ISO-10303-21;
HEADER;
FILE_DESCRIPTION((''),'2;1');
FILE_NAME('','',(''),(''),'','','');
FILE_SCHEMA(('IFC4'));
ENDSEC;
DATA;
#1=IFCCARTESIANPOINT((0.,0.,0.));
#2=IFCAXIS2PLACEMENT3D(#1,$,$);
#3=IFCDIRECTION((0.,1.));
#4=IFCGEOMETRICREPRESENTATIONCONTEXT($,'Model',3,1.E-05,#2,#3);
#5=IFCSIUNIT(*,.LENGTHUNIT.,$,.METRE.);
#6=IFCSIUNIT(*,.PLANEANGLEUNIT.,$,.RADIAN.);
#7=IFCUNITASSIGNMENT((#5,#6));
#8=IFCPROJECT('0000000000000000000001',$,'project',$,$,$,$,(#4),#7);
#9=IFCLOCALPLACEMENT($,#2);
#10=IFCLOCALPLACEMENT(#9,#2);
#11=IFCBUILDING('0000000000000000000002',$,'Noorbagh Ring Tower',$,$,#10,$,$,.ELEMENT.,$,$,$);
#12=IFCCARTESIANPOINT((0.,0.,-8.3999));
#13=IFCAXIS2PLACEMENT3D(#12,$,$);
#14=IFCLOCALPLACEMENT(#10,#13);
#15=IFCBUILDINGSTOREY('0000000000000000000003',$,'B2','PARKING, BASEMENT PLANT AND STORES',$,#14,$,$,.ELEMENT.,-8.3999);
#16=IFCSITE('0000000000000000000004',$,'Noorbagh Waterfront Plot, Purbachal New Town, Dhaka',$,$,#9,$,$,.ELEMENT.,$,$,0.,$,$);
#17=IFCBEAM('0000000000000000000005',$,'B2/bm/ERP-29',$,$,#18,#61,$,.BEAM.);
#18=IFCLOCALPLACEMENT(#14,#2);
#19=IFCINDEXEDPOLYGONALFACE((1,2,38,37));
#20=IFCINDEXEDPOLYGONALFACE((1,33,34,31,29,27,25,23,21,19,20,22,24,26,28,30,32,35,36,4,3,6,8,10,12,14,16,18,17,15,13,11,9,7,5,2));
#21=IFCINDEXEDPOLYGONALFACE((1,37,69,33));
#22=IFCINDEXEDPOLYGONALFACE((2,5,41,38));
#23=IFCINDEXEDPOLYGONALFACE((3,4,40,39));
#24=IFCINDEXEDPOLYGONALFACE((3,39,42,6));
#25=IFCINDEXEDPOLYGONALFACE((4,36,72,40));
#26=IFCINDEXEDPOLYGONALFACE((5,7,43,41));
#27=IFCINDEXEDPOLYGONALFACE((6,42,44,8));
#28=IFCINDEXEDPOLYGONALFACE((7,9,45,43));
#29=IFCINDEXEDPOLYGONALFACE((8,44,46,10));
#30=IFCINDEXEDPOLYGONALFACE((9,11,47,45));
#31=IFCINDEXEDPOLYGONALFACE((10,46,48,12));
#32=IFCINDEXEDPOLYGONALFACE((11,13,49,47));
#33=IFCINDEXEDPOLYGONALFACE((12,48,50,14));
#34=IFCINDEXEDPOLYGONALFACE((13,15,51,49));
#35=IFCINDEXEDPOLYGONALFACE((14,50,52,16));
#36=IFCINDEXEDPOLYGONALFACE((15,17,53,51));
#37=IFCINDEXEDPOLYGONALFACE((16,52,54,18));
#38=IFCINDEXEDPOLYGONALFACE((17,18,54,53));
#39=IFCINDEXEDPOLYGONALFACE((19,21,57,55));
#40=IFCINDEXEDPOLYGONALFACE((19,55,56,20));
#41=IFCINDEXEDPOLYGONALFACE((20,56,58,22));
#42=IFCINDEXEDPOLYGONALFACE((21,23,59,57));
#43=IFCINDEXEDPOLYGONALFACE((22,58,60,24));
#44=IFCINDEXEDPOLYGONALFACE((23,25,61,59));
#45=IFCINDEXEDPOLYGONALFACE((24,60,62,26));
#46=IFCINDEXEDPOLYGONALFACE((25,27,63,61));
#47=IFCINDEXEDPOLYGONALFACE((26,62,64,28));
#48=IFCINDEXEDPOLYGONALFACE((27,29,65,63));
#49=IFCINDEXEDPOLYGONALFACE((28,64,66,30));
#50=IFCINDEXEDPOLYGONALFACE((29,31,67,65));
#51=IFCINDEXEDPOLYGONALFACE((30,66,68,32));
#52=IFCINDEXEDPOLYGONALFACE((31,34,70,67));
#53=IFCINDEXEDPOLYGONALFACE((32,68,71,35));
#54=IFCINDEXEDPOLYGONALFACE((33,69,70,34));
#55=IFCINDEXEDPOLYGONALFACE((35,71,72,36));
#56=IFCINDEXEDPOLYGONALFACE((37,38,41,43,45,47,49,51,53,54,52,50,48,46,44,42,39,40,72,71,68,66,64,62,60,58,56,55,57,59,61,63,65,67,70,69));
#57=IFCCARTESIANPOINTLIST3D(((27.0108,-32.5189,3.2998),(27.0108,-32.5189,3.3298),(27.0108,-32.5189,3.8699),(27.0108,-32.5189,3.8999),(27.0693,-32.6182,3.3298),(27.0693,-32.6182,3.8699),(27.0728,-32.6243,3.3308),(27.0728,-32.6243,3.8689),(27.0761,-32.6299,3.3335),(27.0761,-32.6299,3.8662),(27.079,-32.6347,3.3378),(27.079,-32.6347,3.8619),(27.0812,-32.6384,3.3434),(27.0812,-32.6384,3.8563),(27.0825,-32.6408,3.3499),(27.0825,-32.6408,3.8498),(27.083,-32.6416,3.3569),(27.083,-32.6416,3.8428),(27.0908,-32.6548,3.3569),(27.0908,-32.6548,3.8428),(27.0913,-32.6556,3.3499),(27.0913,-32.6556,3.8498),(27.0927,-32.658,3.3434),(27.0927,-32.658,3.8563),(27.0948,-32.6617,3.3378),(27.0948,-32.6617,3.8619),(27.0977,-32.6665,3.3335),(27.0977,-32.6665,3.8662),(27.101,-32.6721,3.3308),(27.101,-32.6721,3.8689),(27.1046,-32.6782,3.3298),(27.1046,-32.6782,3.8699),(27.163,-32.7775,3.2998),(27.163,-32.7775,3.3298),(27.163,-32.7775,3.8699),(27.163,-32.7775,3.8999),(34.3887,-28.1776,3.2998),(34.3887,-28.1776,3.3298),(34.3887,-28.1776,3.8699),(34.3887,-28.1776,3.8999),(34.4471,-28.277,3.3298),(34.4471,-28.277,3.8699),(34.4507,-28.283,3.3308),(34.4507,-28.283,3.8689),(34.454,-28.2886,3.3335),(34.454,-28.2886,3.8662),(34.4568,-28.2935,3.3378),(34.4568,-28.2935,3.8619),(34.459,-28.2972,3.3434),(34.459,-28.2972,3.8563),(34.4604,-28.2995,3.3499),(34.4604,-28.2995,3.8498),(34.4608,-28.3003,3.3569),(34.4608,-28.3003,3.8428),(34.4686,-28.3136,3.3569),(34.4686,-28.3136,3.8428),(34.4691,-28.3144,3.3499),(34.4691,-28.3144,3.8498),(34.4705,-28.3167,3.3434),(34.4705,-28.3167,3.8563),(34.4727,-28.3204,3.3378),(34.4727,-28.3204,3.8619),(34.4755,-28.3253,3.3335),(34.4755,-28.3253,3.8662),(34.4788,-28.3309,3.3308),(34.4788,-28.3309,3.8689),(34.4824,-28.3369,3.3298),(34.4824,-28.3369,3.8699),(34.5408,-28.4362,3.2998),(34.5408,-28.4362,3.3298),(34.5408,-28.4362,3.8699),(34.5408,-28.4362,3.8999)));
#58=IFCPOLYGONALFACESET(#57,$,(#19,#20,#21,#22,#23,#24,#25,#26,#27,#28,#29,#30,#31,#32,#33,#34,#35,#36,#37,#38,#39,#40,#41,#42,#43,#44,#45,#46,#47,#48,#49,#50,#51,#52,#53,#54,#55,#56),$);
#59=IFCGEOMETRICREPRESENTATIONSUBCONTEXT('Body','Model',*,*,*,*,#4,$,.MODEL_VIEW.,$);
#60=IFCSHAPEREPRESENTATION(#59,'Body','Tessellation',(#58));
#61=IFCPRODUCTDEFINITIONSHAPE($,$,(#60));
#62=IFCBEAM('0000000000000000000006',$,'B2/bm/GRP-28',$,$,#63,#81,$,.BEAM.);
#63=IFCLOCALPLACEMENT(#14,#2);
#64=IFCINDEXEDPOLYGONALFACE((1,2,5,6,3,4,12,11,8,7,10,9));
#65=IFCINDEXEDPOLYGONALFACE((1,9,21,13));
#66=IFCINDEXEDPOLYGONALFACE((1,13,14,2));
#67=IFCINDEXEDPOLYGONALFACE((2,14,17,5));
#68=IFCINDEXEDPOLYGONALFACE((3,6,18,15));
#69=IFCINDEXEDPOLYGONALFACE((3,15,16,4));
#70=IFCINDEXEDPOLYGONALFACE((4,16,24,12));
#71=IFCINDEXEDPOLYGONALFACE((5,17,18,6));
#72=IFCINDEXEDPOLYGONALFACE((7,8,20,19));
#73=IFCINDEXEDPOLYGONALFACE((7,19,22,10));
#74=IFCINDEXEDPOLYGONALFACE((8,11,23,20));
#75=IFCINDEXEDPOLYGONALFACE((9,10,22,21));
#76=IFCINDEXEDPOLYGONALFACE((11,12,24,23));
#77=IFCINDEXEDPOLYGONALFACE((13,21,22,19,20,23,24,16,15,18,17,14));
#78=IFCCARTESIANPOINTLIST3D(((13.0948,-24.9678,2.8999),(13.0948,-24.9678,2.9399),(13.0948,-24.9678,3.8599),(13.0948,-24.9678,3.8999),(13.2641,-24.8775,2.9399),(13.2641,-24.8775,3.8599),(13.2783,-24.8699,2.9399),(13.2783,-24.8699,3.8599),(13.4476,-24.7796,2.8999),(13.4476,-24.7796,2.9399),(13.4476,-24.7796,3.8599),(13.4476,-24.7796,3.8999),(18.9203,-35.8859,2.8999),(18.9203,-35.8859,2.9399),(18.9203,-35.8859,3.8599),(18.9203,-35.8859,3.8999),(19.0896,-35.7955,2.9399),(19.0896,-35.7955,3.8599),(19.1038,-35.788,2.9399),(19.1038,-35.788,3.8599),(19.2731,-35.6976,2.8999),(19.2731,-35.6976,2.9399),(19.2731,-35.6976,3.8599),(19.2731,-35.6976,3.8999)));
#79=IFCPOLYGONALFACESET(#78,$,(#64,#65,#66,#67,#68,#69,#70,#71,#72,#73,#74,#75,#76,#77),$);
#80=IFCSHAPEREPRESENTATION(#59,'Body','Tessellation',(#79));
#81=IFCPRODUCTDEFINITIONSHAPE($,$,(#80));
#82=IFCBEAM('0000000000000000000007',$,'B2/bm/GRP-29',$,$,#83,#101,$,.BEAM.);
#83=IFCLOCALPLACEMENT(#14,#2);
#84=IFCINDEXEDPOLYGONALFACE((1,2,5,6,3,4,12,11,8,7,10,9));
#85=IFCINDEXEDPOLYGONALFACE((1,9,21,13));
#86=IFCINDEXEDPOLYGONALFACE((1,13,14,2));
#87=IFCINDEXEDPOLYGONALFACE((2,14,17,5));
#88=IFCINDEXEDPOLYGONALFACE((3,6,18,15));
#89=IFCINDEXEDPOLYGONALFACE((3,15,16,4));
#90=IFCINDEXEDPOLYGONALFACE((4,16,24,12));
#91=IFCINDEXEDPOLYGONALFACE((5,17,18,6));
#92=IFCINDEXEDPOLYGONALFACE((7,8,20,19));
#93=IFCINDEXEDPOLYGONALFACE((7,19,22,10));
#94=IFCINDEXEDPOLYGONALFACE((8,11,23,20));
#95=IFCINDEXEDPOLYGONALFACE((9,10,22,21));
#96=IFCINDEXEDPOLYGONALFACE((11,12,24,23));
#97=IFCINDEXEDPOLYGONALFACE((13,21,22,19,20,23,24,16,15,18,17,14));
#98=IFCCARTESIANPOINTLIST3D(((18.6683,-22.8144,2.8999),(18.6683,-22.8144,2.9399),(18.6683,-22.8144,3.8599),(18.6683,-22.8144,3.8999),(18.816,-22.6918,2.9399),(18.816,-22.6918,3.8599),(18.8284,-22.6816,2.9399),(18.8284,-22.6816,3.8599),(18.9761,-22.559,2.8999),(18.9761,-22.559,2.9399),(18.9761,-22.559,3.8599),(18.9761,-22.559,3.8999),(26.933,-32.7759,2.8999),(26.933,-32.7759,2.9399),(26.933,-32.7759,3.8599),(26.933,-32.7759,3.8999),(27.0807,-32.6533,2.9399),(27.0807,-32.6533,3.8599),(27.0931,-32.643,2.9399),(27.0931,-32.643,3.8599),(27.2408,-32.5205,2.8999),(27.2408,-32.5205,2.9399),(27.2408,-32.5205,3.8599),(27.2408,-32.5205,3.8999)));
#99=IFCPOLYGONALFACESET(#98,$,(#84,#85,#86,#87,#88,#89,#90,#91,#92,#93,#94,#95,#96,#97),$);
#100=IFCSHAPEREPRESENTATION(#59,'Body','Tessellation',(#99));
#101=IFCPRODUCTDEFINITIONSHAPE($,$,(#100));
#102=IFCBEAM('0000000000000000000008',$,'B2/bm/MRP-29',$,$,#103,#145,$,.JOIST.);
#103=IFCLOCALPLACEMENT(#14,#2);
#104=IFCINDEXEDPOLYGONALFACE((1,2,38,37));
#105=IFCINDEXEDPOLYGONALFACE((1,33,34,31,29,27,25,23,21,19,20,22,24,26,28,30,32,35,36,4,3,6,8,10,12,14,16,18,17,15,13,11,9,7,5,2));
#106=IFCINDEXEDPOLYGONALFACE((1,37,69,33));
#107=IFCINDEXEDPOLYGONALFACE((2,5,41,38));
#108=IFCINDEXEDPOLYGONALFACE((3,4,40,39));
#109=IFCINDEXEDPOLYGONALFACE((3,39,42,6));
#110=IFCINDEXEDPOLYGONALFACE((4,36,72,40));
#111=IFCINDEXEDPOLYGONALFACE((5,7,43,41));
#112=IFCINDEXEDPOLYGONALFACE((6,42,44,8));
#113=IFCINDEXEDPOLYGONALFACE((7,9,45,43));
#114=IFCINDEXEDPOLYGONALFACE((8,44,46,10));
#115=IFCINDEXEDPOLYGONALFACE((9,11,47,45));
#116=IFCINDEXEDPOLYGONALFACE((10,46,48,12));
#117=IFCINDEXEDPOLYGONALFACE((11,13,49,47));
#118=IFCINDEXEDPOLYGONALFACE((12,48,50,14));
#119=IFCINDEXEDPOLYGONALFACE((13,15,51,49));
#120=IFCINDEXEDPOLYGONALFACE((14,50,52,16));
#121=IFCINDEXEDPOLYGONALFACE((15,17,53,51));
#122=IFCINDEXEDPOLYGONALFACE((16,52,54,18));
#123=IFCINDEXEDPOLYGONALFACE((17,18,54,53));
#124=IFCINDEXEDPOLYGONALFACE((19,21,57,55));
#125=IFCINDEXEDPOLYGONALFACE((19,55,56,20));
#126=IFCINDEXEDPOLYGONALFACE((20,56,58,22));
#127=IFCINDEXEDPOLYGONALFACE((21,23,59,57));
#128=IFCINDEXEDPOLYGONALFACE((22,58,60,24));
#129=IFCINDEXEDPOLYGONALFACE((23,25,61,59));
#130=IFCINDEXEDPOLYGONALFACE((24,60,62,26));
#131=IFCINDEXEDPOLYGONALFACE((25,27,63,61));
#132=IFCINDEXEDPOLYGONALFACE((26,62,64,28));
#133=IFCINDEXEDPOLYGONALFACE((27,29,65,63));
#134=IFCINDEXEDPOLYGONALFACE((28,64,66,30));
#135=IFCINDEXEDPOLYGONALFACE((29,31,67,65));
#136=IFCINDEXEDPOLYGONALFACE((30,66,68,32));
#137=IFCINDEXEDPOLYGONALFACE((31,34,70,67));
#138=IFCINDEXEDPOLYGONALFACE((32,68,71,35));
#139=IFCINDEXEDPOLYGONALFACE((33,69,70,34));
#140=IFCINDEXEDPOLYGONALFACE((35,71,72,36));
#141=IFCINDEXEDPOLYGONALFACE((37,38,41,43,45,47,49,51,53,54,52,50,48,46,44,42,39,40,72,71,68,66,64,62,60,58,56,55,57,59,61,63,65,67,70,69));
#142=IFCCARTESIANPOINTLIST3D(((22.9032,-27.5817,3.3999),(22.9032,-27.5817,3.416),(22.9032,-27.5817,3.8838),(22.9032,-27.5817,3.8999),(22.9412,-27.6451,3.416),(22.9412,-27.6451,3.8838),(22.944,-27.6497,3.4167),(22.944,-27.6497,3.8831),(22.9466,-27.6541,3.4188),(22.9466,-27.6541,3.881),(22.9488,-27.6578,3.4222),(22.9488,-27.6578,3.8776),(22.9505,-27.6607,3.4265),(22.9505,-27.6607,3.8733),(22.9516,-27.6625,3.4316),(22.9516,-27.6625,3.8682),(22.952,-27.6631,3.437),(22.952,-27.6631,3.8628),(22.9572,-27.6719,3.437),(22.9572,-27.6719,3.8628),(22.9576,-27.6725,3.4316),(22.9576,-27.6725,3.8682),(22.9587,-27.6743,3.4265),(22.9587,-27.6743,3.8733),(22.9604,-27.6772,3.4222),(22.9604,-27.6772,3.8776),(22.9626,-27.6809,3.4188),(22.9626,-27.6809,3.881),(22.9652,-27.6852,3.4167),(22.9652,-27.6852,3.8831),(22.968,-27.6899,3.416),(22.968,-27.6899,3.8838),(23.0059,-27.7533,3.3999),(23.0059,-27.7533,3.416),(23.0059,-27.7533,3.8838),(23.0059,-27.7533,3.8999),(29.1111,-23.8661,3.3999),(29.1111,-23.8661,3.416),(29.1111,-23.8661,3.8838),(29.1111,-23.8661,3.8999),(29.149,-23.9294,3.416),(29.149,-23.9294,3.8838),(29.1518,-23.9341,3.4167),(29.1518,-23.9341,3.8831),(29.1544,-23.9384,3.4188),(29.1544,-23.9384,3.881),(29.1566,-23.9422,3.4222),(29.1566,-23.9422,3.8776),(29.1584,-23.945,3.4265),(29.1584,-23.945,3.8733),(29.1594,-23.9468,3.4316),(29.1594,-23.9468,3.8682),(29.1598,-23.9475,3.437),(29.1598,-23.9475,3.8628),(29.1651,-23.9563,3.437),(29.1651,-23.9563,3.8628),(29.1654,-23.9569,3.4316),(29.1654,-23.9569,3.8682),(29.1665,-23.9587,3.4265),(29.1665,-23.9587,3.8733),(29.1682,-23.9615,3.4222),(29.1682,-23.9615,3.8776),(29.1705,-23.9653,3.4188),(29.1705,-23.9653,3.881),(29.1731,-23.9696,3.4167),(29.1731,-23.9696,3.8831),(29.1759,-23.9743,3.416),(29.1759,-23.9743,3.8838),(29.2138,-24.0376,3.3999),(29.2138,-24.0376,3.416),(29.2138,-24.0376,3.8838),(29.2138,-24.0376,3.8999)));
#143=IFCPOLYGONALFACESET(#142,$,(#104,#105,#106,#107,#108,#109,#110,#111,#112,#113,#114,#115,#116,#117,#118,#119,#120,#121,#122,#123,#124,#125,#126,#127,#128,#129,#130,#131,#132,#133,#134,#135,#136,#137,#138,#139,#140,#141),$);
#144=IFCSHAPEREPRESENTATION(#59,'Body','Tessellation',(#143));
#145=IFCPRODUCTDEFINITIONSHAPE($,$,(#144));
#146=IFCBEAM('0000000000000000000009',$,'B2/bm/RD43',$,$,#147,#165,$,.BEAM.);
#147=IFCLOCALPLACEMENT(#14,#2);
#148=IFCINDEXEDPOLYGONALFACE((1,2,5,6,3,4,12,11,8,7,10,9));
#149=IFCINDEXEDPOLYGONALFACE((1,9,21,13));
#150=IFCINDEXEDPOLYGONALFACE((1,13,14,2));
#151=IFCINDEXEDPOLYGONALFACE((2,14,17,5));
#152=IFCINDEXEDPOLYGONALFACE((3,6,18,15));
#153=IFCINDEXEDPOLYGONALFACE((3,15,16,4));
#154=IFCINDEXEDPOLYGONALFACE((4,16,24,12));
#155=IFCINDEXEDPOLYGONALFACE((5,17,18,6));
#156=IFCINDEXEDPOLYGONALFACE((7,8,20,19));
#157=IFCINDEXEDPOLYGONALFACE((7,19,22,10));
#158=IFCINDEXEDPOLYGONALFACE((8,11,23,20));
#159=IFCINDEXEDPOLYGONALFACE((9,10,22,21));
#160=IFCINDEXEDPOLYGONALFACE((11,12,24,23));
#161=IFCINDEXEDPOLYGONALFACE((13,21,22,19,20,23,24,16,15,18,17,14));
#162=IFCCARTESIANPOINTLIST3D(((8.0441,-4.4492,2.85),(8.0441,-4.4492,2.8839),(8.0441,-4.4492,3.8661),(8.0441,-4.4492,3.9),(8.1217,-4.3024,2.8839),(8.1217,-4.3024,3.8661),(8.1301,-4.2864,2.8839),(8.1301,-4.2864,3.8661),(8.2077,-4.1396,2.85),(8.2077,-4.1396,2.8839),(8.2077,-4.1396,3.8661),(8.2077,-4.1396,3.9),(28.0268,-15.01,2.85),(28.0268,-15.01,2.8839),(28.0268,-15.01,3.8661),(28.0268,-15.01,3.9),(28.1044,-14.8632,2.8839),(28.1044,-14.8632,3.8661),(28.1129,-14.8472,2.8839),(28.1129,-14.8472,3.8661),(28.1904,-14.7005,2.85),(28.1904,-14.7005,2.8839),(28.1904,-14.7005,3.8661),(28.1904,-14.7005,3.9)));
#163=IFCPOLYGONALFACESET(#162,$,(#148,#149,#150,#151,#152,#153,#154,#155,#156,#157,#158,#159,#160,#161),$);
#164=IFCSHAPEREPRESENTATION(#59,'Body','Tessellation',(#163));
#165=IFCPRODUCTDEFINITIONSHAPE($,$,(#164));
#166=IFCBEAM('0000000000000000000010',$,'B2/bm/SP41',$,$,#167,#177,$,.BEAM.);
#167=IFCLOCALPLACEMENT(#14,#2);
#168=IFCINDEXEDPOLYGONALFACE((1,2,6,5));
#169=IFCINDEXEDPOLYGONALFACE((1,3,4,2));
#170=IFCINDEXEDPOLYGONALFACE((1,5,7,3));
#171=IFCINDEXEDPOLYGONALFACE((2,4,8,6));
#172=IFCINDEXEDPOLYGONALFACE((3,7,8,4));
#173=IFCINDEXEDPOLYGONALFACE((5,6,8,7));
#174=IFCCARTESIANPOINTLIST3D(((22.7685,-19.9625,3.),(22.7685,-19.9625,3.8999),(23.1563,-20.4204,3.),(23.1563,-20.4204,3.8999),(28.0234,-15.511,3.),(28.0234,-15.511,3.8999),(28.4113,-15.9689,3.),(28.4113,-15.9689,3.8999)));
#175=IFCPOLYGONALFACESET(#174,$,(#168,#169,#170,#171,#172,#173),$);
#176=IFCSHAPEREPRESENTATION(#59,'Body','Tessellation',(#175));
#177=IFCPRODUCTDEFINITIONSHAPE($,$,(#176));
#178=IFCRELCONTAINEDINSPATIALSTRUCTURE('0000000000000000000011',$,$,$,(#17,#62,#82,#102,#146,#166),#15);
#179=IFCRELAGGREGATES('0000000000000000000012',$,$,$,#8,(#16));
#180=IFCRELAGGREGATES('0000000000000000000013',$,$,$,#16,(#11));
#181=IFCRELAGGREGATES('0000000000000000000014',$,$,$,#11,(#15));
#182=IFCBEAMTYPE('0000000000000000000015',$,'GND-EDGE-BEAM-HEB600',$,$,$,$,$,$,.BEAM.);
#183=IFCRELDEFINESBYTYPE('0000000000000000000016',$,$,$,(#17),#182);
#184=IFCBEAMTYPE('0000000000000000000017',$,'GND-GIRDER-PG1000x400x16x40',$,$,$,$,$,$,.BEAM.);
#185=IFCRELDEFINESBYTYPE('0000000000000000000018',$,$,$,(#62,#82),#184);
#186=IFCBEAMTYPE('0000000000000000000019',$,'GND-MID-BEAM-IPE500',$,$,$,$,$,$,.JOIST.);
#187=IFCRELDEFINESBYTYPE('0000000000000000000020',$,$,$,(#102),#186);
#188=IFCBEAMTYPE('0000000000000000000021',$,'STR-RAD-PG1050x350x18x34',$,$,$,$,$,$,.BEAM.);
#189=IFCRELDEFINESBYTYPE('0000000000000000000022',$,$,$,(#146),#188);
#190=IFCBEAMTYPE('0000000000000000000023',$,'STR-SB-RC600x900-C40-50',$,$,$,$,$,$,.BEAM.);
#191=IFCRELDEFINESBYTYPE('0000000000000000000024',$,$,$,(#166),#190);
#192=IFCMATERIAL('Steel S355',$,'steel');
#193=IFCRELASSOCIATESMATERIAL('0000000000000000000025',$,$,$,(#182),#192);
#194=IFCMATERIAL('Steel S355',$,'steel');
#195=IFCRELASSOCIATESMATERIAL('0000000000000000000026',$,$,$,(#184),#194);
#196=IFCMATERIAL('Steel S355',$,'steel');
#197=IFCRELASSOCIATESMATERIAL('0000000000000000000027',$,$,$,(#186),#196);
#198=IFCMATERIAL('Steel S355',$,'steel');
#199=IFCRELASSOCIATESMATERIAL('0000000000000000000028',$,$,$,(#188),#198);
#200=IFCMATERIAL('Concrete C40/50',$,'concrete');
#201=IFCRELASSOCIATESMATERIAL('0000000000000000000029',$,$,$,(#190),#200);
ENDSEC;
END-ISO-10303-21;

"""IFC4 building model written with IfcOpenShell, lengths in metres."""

from ifc_helpers import new_model, si_unit, direction, frame, origin, origin_2d, place, context, subcontext, project, spatial, rectangle, i_section, extrude, material, material_profile, profile_set, type_object, element, save


model = new_model("IFC4")

# Units and contexts
model_context = context("Model", 3, precision=1e-05, world=origin(), true_north=direction((0.0, 1.0)))
body_context = subcontext(model_context, "Body", "Model", "MODEL_VIEW")
ifc_project = project(units=[si_unit("LENGTHUNIT", "METRE"), si_unit("PLANEANGLEUNIT", "RADIAN")], contexts=[model_context])

# Site, building, storey
site_placement = place(None, origin())
site = spatial("IfcSite", under=ifc_project, at=site_placement, Name="Noorbagh Waterfront Plot, Purbachal New Town, Dhaka", CompositionType="ELEMENT", RefElevation=0.0)
building_placement = place(site_placement, origin())
building = spatial("IfcBuilding", under=site, at=building_placement, Name="Noorbagh Ring Tower", CompositionType="ELEMENT")
storey_placement = place(building_placement, frame((0.0, 0.0, -8.3999)))
storey = spatial("IfcBuildingStorey", under=building, at=storey_placement, Name="B2", Description="PARKING, BASEMENT PLANT AND STORES", CompositionType="ELEMENT", Elevation=-8.3999)

# Beams
ifc_material_1 = material(Name="Steel S355", Category="steel")
ifc_material_profile_1 = material_profile(ifc_material_1, i_section(OverallWidth=0.3, OverallDepth=0.6001, WebThickness=0.0154, FlangeThickness=0.03, FilletRadius=0.0271, at=origin_2d()), Name="HEB600")
ifc_profile_set_1 = profile_set([ifc_material_profile_1], Name="Steel S355")
beam_type_1 = type_object("IfcBeamType", Name="GND-EDGE-BEAM-HEB600", PredefinedType="BEAM", material=ifc_profile_set_1)
beam_1_placement = place(storey_placement, frame((27.0869, -32.6482, 3.5999), z_axis=(0.861865, 0.507137, 0.0), x_axis=(-0.507137, 0.861865, 0.0)))
element("IfcBeam", 1, at=beam_1_placement, inside=storey, type_object=beam_type_1, Name="B2/bm/ERP-29", PredefinedType="BEAM", context=body_context, shape_type="SweptSolid", body=[
    extrude(i_section(OverallWidth=0.3, OverallDepth=0.6001, WebThickness=0.0154, FlangeThickness=0.03, FilletRadius=0.0271, at=origin_2d()), origin(), (0.0, 0.0, 1.0), 8.5603),
])
ifc_material_2 = material(Name="Steel S355", Category="steel")
ifc_material_profile_2 = material_profile(ifc_material_2, i_section(OverallWidth=0.3999, OverallDepth=1.0, WebThickness=0.0161, FlangeThickness=0.04, at=origin_2d()), Name="PG1000x400x16x40")
ifc_profile_set_2 = profile_set([ifc_material_profile_2], Name="Steel S355")
beam_type_2 = type_object("IfcBeamType", Name="GND-GIRDER-PG1000x400x16x40", PredefinedType="BEAM", material=ifc_profile_set_2)
beam_2_placement = place(storey_placement, frame((19.0967, -35.7917, 3.3999), z_axis=(-0.470747, 0.882268, 0.0), x_axis=(-0.882268, -0.470747, 0.0)))
element("IfcBeam", 2, at=beam_2_placement, inside=storey, type_object=beam_type_2, Name="B2/bm/GRP-28", PredefinedType="BEAM", context=body_context, shape_type="SweptSolid", body=[
    extrude(i_section(OverallWidth=0.3999, OverallDepth=1.0, WebThickness=0.0161, FlangeThickness=0.04, at=origin_2d()), origin(), (0.0, 0.0, 1.0), 12.375),
])
beam_3_placement = place(storey_placement, frame((27.0869, -32.6482, 3.3999), z_axis=(-0.638517, 0.769608, 0.0), x_axis=(-0.769608, -0.638517, 0.0)))
element("IfcBeam", 3, at=beam_3_placement, inside=storey, type_object=beam_type_2, Name="B2/bm/GRP-29", PredefinedType="BEAM", context=body_context, shape_type="SweptSolid", body=[
    extrude(i_section(OverallWidth=0.3999, OverallDepth=1.0, WebThickness=0.0161, FlangeThickness=0.04, at=origin_2d()), origin(), (0.0, 0.0, 1.0), 12.9436),
])
ifc_material_3 = material(Name="Steel S355", Category="steel")
ifc_material_profile_3 = material_profile(ifc_material_3, i_section(OverallWidth=0.2, OverallDepth=0.5, WebThickness=0.0103, FlangeThickness=0.0161, FilletRadius=0.021, at=origin_2d()), Name="IPE500")
ifc_profile_set_3 = profile_set([ifc_material_profile_3], Name="Steel S355")
beam_type_3 = type_object("IfcBeamType", Name="GND-MID-BEAM-IPE500", PredefinedType="JOIST", material=ifc_profile_set_3)
beam_4_placement = place(storey_placement, frame((22.9546, -27.6675, 3.6499), z_axis=(0.858046, 0.513572, 0.0), x_axis=(-0.513572, 0.858046, 0.0)))
element("IfcBeam", 4, at=beam_4_placement, inside=storey, type_object=beam_type_3, Name="B2/bm/MRP-29", PredefinedType="JOIST", context=body_context, shape_type="SweptSolid", body=[
    extrude(i_section(OverallWidth=0.2, OverallDepth=0.5, WebThickness=0.0103, FlangeThickness=0.0161, FilletRadius=0.021, at=origin_2d()), origin(), (0.0, 0.0, 1.0), 7.2349),
])
ifc_material_4 = material(Name="Steel S355", Category="steel")
ifc_material_profile_4 = material_profile(ifc_material_4, i_section(OverallWidth=0.3501, OverallDepth=1.05, WebThickness=0.0181, FlangeThickness=0.0339, at=origin_2d()), Name="PG1050x350x18x34")
ifc_profile_set_4 = profile_set([ifc_material_profile_4], Name="Steel S355")
beam_type_4 = type_object("IfcBeamType", Name="STR-RAD-PG1050x350x18x34", PredefinedType="BEAM", material=ifc_profile_set_4)
beam_5_placement = place(storey_placement, frame((28.1086, -14.8552, 3.375), z_axis=(-0.884122, 0.467256, 0.0), x_axis=(-0.467256, -0.884122, 0.0)))
element("IfcBeam", 5, at=beam_5_placement, inside=storey, type_object=beam_type_4, Name="B2/bm/RD43", PredefinedType="BEAM", context=body_context, shape_type="SweptSolid", body=[
    extrude(i_section(OverallWidth=0.3501, OverallDepth=1.05, WebThickness=0.0181, FlangeThickness=0.0339, at=origin_2d()), origin(), (0.0, 0.0, 1.0), 22.6018),
])
ifc_material_5 = material(Name="Concrete C40/50", Category="concrete")
ifc_material_profile_5 = material_profile(ifc_material_5, rectangle(XDim=0.6001, YDim=0.8999, at=origin_2d()), Name="RC600x900")
ifc_profile_set_5 = profile_set([ifc_material_profile_5], Name="Concrete C40/50")
beam_type_5 = type_object("IfcBeamType", Name="STR-SB-RC600x900-C40-50", PredefinedType="BEAM", material=ifc_profile_set_5)
beam_6_placement = place(storey_placement, frame((22.9624, -20.1914, 3.45), z_axis=(0.76303, 0.646363, 0.0), x_axis=(-0.646363, 0.76303, 0.0)))
element("IfcBeam", 6, at=beam_6_placement, inside=storey, type_object=beam_type_5, Name="B2/bm/SP41", PredefinedType="BEAM", context=body_context, shape_type="SweptSolid", body=[
    extrude(rectangle(XDim=0.6001, YDim=0.8999, at=origin_2d()), origin(), (0.0, 0.0, 1.0), 6.887),
])

save(model, "model.ifc")
